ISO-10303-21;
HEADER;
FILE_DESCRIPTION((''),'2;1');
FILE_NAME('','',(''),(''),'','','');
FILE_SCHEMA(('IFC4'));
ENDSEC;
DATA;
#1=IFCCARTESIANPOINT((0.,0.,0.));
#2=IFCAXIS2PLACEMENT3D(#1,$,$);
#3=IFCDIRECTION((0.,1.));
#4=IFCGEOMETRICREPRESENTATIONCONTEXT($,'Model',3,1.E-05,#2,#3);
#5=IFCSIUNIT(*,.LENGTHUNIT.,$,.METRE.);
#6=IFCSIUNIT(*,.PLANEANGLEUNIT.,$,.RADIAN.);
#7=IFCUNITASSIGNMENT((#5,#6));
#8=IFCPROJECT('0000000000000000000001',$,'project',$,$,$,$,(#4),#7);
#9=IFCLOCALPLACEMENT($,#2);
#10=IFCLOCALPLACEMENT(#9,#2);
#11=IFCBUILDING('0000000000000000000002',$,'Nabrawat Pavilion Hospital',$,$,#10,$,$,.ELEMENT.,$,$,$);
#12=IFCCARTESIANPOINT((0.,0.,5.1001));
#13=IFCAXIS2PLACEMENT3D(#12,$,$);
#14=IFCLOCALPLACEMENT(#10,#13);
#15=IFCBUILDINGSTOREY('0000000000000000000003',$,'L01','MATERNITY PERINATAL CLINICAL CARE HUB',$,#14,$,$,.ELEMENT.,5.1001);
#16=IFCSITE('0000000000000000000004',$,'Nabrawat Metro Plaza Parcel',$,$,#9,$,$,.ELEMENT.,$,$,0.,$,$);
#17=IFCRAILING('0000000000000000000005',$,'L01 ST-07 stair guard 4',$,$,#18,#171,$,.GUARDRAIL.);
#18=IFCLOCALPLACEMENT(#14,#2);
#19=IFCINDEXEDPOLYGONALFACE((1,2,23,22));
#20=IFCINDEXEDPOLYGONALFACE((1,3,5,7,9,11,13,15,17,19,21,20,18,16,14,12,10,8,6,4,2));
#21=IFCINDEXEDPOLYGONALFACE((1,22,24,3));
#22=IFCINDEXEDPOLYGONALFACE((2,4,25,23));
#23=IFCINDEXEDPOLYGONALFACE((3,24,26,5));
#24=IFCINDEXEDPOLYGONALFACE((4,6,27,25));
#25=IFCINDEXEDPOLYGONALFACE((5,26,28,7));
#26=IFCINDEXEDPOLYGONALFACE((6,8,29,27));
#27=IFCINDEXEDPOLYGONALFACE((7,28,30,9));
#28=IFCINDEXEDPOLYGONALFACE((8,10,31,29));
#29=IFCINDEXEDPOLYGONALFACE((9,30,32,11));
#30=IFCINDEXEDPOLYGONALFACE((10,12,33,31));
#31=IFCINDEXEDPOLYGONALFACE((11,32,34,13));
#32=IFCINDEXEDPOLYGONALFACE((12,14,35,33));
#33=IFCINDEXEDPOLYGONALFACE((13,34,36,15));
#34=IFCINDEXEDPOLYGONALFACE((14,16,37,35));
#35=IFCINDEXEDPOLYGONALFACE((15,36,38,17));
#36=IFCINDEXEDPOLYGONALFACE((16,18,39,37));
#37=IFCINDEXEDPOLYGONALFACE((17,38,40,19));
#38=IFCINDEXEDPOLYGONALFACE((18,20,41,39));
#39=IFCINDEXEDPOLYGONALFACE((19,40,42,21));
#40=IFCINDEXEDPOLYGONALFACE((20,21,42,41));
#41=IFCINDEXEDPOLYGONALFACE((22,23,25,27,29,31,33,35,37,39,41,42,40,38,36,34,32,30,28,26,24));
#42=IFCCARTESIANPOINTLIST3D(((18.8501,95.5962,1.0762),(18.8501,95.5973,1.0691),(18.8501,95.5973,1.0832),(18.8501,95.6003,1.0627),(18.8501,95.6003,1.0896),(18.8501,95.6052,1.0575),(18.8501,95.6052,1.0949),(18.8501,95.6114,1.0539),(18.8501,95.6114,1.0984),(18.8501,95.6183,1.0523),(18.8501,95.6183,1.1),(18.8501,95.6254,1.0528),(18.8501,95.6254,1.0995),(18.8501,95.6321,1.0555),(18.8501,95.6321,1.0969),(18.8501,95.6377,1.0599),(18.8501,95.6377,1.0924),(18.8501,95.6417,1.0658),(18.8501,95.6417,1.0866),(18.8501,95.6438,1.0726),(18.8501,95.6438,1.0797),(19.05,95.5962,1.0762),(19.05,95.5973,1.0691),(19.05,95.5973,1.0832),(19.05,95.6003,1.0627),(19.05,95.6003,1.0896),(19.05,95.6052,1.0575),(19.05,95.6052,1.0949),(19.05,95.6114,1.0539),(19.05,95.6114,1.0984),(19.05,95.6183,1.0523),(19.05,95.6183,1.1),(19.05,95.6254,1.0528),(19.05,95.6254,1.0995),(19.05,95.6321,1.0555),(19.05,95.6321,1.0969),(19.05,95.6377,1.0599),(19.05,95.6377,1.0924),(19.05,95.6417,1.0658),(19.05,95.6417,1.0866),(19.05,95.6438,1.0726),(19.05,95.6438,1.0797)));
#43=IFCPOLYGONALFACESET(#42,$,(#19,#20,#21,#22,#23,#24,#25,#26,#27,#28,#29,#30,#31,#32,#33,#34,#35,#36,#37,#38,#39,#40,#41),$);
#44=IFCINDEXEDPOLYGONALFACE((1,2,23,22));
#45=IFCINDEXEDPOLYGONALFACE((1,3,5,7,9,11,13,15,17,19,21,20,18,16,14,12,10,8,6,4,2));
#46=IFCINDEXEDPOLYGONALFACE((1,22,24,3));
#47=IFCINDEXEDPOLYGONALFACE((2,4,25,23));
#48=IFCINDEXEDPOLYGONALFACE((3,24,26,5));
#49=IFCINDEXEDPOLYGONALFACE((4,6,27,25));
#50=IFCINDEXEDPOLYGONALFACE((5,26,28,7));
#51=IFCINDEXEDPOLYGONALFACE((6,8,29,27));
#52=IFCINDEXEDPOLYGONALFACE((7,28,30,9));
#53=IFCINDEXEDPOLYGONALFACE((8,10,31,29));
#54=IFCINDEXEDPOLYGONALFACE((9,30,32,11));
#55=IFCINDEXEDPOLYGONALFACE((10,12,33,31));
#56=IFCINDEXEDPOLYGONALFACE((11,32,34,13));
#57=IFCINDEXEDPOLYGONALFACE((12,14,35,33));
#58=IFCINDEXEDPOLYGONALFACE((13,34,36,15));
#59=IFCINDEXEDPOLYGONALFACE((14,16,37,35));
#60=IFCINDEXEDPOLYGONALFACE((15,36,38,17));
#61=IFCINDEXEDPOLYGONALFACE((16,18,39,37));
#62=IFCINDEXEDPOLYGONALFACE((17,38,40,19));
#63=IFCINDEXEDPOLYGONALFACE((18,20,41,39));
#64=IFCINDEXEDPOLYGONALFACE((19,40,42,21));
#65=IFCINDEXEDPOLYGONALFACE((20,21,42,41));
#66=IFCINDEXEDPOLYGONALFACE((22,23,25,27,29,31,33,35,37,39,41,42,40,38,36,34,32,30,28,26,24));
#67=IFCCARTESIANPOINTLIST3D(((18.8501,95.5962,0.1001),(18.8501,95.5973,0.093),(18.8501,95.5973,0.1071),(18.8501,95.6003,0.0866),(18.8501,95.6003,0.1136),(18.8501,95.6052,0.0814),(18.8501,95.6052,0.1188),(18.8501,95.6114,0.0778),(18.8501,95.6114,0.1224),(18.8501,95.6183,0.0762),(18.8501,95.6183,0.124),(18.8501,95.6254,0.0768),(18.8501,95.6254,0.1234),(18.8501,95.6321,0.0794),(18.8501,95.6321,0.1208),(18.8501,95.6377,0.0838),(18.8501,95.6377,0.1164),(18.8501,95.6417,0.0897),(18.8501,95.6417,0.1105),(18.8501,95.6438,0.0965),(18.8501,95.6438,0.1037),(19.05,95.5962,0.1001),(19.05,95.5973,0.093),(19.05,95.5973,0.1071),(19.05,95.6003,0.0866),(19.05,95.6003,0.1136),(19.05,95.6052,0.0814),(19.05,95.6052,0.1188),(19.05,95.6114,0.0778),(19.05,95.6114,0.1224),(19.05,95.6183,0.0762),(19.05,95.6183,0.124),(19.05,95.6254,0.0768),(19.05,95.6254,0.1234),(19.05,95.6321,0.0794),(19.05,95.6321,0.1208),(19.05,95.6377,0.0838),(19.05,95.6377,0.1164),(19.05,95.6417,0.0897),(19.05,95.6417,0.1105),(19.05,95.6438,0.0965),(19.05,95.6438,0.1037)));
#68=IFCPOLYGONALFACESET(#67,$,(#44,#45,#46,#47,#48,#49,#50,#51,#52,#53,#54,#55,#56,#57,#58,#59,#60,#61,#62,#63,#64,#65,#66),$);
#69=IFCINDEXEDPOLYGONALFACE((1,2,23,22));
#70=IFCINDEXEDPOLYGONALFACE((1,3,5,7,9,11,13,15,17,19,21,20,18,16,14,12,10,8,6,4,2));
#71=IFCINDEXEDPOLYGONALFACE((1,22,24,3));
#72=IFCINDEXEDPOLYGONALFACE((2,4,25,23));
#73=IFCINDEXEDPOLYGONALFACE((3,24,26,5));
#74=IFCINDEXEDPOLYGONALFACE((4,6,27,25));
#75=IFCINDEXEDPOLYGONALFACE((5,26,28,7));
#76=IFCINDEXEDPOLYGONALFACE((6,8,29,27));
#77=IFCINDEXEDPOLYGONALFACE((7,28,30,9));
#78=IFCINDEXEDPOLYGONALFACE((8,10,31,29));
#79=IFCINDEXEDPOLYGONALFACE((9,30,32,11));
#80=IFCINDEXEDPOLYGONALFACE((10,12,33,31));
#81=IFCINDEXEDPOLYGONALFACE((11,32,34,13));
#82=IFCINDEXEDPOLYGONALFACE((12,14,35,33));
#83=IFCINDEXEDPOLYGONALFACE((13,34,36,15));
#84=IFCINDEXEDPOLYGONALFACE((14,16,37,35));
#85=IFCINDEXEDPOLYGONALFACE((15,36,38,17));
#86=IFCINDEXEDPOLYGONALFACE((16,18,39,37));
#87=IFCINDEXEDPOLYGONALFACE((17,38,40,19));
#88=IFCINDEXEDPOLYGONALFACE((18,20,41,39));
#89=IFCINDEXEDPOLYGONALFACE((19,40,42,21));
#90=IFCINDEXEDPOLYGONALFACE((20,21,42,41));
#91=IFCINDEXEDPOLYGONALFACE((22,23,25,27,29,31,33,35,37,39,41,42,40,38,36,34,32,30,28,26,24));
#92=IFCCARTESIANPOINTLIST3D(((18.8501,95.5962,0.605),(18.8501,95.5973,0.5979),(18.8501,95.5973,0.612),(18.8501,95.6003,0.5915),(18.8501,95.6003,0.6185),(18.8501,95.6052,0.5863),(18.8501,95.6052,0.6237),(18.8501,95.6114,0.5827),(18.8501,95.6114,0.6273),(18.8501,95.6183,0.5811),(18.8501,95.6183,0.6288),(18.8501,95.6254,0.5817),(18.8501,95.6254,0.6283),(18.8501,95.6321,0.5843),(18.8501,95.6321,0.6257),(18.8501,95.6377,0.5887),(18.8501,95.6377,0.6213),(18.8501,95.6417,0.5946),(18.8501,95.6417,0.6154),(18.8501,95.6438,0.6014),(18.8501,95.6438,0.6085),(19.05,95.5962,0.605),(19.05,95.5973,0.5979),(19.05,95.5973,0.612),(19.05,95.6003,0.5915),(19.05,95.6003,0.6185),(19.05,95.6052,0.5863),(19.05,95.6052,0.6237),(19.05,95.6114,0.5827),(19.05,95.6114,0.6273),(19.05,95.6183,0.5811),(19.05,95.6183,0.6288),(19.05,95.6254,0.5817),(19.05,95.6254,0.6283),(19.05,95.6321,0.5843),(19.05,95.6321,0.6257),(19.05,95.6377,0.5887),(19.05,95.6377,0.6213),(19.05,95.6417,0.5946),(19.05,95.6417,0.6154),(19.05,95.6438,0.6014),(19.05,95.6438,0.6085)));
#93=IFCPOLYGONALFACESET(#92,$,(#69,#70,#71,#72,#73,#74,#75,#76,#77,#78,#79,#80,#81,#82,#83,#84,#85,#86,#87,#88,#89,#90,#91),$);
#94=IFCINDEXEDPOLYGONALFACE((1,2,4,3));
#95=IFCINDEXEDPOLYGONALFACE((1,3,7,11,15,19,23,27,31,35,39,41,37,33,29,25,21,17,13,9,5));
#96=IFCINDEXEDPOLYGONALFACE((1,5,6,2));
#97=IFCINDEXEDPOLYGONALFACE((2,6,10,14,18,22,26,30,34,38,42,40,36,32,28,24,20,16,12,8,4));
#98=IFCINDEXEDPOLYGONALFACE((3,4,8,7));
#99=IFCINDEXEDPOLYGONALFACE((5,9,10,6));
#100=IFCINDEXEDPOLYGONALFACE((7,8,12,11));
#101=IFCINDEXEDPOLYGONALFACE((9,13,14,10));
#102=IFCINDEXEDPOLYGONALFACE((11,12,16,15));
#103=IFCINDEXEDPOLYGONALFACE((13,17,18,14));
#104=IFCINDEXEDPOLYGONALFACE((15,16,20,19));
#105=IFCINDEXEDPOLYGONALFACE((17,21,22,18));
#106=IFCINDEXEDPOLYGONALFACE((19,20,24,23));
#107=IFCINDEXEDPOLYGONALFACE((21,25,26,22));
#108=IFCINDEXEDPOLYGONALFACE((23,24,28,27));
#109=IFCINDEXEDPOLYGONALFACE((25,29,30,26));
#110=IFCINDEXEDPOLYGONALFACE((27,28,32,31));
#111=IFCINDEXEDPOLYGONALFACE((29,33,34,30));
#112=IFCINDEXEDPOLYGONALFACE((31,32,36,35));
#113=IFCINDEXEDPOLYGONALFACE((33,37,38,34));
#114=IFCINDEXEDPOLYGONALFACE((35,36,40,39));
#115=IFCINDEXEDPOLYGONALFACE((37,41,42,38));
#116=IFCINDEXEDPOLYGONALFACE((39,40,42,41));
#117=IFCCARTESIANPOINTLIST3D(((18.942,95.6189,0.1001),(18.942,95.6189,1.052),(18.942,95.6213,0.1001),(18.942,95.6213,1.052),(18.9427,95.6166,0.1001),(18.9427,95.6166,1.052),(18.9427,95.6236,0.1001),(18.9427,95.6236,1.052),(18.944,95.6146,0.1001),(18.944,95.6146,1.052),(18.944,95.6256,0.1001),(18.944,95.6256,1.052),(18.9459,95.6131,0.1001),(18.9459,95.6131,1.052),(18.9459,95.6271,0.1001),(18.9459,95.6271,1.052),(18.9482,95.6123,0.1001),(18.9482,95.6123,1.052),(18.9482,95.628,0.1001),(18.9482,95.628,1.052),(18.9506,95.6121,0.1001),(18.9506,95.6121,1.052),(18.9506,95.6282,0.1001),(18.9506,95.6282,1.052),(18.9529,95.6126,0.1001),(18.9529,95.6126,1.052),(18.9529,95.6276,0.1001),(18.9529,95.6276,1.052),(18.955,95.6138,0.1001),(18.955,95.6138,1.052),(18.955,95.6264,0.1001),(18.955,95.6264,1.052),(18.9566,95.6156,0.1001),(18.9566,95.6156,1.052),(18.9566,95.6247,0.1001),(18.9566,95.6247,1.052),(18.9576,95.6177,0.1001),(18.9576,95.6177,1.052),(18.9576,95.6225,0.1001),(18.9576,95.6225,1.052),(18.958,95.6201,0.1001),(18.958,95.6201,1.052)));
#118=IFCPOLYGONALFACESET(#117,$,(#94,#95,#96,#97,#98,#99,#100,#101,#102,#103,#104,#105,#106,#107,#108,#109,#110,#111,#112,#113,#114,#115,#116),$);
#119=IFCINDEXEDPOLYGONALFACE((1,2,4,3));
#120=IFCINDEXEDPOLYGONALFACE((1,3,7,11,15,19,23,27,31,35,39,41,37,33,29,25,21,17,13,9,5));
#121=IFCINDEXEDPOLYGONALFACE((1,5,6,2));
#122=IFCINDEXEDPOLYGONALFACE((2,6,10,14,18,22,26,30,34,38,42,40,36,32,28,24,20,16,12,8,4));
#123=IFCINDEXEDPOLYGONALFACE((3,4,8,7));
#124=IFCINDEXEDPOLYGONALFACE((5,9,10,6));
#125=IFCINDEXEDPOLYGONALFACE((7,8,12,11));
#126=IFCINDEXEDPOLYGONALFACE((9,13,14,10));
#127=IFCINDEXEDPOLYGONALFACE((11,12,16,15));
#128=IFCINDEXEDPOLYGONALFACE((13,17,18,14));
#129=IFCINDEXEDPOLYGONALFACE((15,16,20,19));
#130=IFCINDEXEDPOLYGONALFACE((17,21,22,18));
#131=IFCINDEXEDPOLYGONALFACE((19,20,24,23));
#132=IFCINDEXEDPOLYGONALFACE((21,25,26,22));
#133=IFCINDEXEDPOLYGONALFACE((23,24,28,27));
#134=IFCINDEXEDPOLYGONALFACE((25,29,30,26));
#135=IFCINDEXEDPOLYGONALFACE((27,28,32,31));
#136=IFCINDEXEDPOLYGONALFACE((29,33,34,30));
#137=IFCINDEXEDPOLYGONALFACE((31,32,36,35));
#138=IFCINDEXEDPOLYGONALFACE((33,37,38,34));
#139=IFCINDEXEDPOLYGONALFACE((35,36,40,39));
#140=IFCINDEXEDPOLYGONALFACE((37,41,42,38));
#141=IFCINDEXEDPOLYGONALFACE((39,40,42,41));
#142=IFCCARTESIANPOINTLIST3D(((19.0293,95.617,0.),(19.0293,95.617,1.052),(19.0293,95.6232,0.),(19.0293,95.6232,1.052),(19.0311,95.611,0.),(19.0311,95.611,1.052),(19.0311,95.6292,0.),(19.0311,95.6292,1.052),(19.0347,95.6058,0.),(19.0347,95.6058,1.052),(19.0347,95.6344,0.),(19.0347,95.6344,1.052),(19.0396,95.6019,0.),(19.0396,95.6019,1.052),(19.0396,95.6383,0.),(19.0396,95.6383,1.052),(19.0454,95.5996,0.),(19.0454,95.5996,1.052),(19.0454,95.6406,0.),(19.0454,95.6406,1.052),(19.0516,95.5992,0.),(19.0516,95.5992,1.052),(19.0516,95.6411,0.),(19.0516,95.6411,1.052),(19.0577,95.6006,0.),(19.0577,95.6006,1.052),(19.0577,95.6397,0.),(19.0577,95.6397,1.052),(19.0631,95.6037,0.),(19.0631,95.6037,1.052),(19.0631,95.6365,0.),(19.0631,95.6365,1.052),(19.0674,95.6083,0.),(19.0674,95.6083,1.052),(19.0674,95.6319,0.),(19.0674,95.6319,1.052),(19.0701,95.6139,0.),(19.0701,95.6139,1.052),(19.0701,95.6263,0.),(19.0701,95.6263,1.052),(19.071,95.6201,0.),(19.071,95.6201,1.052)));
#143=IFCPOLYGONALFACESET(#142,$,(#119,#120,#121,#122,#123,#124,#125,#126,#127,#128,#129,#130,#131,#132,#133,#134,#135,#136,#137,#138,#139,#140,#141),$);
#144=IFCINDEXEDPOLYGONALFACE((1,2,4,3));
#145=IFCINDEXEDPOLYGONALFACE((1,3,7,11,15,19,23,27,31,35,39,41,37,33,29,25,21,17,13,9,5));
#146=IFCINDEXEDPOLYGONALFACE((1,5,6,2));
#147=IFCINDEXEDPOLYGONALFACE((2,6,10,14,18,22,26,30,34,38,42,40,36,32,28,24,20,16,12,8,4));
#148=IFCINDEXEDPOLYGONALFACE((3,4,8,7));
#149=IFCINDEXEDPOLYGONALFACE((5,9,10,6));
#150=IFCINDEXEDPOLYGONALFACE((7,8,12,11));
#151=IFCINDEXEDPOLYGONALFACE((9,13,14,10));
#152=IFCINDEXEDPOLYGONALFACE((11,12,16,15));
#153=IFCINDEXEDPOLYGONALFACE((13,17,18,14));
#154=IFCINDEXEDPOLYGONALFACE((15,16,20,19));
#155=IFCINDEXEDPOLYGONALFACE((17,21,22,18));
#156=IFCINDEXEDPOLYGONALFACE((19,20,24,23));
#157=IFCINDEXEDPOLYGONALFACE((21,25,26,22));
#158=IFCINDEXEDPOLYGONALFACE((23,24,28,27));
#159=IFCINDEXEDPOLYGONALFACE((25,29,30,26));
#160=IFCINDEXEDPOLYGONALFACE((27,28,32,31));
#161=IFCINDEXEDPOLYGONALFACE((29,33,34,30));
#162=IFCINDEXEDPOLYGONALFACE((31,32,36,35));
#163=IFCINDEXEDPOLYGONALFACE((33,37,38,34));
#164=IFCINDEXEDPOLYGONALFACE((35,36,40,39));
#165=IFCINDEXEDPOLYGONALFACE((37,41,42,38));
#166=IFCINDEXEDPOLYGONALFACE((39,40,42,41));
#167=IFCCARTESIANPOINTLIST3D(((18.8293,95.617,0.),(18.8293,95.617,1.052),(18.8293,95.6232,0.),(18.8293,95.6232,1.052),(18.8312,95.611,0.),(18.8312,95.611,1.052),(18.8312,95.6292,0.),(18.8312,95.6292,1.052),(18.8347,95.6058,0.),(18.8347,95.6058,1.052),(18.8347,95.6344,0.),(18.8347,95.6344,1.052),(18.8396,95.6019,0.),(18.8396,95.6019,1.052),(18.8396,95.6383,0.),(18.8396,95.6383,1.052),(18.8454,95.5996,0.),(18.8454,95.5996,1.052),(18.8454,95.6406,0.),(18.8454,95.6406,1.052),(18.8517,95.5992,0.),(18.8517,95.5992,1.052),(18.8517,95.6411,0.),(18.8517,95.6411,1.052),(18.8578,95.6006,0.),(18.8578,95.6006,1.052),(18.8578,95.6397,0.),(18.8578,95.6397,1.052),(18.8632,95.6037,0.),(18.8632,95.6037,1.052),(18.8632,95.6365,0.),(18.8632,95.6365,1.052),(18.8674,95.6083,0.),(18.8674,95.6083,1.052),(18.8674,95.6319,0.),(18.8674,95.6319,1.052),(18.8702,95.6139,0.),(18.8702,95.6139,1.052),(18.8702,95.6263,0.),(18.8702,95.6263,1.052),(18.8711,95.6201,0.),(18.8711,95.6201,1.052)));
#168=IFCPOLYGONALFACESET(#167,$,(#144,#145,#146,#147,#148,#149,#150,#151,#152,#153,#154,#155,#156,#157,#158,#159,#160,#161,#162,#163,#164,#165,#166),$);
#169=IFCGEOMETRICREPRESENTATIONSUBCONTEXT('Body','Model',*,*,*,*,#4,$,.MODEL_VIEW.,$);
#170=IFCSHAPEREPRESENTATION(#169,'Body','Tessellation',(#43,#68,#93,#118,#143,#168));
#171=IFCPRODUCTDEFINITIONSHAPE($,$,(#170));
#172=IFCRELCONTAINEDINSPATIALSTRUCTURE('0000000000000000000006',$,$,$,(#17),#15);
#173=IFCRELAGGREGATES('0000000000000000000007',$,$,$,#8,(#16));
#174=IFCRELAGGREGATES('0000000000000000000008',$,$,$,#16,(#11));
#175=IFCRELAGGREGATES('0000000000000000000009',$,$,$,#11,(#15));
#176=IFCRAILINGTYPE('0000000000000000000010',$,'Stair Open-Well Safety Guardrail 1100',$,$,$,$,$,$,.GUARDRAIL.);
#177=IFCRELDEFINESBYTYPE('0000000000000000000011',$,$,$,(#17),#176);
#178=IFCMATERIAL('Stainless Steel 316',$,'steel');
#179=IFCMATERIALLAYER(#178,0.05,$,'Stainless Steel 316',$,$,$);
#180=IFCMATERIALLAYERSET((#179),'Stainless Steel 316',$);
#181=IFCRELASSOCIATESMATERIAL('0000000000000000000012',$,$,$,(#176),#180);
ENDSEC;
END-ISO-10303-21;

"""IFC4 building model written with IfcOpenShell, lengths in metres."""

from ifc_helpers import new_model, si_unit, direction, frame, origin, origin_2d, place, context, subcontext, project, spatial, circle, extrude, material, layer, layer_set, type_object, element, save


model = new_model("IFC4")

# Units and contexts
model_context = context("Model", 3, precision=1e-05, world=origin(), true_north=direction((0.0, 1.0)))
body_context = subcontext(model_context, "Body", "Model", "MODEL_VIEW")
ifc_project = project(units=[si_unit("LENGTHUNIT", "METRE"), si_unit("PLANEANGLEUNIT", "RADIAN")], contexts=[model_context])

# Site, building, storey
site_placement = place(None, origin())
site = spatial("IfcSite", under=ifc_project, at=site_placement, Name="Nabrawat Metro Plaza Parcel", CompositionType="ELEMENT", RefElevation=0.0)
building_placement = place(site_placement, origin())
building = spatial("IfcBuilding", under=site, at=building_placement, Name="Nabrawat Pavilion Hospital", CompositionType="ELEMENT")
storey_placement = place(building_placement, frame((0.0, 0.0, 5.1001)))
storey = spatial("IfcBuildingStorey", under=building, at=storey_placement, Name="L01", Description="MATERNITY PERINATAL CLINICAL CARE HUB", CompositionType="ELEMENT", Elevation=5.1001)

# Railing
ifc_material_1 = material(Name="Stainless Steel 316", Category="steel")
ifc_layer_1 = layer(ifc_material_1, 0.05, Name="Stainless Steel 316")
ifc_layer_set_1 = layer_set([ifc_layer_1], Name="Stainless Steel 316")
railing_type_1 = type_object("IfcRailingType", Name="Stair Open-Well Safety Guardrail 1100", PredefinedType="GUARDRAIL", material=ifc_layer_set_1)
railing_1_placement = place(storey_placement, frame((19.05, 95.6201, 0.0)))
element("IfcRailing", 1, at=railing_1_placement, inside=storey, type_object=railing_type_1, Name="L01 ST-07 stair guard 4", PredefinedType="GUARDRAIL", context=body_context, shape_type="SweptSolid", body=[
    extrude(circle(Radius=0.0239, at=origin_2d()), frame((0.0, 0.0, 1.0762), z_axis=(-1.0, 0.0, 0.0), x_axis=(0.0, -1.0, 0.0)), (0.0, 0.0, 1.0), 0.2),
    extrude(circle(Radius=0.0239, at=origin_2d()), frame((0.0, 0.0, 0.1001), z_axis=(-1.0, 0.0, 0.0), x_axis=(0.0, -1.0, 0.0)), (0.0, 0.0, 1.0), 0.2),
    extrude(circle(Radius=0.0239, at=origin_2d()), frame((0.0, 0.0, 0.605), z_axis=(-1.0, 0.0, 0.0), x_axis=(0.0, -1.0, 0.0)), (0.0, 0.0, 1.0), 0.2),
    extrude(circle(Radius=0.0081, at=origin_2d()), frame((-0.1001, 0.0, 0.1001)), (0.0, 0.0, 1.0), 0.9519),
    extrude(circle(Radius=0.021, at=origin_2d()), origin(), (0.0, 0.0, 1.0), 1.052),
    extrude(circle(Radius=0.021, at=origin_2d()), frame((-0.2, 0.0, 0.0)), (0.0, 0.0, 1.0), 1.052),
])

save(model, "model.ifc")
